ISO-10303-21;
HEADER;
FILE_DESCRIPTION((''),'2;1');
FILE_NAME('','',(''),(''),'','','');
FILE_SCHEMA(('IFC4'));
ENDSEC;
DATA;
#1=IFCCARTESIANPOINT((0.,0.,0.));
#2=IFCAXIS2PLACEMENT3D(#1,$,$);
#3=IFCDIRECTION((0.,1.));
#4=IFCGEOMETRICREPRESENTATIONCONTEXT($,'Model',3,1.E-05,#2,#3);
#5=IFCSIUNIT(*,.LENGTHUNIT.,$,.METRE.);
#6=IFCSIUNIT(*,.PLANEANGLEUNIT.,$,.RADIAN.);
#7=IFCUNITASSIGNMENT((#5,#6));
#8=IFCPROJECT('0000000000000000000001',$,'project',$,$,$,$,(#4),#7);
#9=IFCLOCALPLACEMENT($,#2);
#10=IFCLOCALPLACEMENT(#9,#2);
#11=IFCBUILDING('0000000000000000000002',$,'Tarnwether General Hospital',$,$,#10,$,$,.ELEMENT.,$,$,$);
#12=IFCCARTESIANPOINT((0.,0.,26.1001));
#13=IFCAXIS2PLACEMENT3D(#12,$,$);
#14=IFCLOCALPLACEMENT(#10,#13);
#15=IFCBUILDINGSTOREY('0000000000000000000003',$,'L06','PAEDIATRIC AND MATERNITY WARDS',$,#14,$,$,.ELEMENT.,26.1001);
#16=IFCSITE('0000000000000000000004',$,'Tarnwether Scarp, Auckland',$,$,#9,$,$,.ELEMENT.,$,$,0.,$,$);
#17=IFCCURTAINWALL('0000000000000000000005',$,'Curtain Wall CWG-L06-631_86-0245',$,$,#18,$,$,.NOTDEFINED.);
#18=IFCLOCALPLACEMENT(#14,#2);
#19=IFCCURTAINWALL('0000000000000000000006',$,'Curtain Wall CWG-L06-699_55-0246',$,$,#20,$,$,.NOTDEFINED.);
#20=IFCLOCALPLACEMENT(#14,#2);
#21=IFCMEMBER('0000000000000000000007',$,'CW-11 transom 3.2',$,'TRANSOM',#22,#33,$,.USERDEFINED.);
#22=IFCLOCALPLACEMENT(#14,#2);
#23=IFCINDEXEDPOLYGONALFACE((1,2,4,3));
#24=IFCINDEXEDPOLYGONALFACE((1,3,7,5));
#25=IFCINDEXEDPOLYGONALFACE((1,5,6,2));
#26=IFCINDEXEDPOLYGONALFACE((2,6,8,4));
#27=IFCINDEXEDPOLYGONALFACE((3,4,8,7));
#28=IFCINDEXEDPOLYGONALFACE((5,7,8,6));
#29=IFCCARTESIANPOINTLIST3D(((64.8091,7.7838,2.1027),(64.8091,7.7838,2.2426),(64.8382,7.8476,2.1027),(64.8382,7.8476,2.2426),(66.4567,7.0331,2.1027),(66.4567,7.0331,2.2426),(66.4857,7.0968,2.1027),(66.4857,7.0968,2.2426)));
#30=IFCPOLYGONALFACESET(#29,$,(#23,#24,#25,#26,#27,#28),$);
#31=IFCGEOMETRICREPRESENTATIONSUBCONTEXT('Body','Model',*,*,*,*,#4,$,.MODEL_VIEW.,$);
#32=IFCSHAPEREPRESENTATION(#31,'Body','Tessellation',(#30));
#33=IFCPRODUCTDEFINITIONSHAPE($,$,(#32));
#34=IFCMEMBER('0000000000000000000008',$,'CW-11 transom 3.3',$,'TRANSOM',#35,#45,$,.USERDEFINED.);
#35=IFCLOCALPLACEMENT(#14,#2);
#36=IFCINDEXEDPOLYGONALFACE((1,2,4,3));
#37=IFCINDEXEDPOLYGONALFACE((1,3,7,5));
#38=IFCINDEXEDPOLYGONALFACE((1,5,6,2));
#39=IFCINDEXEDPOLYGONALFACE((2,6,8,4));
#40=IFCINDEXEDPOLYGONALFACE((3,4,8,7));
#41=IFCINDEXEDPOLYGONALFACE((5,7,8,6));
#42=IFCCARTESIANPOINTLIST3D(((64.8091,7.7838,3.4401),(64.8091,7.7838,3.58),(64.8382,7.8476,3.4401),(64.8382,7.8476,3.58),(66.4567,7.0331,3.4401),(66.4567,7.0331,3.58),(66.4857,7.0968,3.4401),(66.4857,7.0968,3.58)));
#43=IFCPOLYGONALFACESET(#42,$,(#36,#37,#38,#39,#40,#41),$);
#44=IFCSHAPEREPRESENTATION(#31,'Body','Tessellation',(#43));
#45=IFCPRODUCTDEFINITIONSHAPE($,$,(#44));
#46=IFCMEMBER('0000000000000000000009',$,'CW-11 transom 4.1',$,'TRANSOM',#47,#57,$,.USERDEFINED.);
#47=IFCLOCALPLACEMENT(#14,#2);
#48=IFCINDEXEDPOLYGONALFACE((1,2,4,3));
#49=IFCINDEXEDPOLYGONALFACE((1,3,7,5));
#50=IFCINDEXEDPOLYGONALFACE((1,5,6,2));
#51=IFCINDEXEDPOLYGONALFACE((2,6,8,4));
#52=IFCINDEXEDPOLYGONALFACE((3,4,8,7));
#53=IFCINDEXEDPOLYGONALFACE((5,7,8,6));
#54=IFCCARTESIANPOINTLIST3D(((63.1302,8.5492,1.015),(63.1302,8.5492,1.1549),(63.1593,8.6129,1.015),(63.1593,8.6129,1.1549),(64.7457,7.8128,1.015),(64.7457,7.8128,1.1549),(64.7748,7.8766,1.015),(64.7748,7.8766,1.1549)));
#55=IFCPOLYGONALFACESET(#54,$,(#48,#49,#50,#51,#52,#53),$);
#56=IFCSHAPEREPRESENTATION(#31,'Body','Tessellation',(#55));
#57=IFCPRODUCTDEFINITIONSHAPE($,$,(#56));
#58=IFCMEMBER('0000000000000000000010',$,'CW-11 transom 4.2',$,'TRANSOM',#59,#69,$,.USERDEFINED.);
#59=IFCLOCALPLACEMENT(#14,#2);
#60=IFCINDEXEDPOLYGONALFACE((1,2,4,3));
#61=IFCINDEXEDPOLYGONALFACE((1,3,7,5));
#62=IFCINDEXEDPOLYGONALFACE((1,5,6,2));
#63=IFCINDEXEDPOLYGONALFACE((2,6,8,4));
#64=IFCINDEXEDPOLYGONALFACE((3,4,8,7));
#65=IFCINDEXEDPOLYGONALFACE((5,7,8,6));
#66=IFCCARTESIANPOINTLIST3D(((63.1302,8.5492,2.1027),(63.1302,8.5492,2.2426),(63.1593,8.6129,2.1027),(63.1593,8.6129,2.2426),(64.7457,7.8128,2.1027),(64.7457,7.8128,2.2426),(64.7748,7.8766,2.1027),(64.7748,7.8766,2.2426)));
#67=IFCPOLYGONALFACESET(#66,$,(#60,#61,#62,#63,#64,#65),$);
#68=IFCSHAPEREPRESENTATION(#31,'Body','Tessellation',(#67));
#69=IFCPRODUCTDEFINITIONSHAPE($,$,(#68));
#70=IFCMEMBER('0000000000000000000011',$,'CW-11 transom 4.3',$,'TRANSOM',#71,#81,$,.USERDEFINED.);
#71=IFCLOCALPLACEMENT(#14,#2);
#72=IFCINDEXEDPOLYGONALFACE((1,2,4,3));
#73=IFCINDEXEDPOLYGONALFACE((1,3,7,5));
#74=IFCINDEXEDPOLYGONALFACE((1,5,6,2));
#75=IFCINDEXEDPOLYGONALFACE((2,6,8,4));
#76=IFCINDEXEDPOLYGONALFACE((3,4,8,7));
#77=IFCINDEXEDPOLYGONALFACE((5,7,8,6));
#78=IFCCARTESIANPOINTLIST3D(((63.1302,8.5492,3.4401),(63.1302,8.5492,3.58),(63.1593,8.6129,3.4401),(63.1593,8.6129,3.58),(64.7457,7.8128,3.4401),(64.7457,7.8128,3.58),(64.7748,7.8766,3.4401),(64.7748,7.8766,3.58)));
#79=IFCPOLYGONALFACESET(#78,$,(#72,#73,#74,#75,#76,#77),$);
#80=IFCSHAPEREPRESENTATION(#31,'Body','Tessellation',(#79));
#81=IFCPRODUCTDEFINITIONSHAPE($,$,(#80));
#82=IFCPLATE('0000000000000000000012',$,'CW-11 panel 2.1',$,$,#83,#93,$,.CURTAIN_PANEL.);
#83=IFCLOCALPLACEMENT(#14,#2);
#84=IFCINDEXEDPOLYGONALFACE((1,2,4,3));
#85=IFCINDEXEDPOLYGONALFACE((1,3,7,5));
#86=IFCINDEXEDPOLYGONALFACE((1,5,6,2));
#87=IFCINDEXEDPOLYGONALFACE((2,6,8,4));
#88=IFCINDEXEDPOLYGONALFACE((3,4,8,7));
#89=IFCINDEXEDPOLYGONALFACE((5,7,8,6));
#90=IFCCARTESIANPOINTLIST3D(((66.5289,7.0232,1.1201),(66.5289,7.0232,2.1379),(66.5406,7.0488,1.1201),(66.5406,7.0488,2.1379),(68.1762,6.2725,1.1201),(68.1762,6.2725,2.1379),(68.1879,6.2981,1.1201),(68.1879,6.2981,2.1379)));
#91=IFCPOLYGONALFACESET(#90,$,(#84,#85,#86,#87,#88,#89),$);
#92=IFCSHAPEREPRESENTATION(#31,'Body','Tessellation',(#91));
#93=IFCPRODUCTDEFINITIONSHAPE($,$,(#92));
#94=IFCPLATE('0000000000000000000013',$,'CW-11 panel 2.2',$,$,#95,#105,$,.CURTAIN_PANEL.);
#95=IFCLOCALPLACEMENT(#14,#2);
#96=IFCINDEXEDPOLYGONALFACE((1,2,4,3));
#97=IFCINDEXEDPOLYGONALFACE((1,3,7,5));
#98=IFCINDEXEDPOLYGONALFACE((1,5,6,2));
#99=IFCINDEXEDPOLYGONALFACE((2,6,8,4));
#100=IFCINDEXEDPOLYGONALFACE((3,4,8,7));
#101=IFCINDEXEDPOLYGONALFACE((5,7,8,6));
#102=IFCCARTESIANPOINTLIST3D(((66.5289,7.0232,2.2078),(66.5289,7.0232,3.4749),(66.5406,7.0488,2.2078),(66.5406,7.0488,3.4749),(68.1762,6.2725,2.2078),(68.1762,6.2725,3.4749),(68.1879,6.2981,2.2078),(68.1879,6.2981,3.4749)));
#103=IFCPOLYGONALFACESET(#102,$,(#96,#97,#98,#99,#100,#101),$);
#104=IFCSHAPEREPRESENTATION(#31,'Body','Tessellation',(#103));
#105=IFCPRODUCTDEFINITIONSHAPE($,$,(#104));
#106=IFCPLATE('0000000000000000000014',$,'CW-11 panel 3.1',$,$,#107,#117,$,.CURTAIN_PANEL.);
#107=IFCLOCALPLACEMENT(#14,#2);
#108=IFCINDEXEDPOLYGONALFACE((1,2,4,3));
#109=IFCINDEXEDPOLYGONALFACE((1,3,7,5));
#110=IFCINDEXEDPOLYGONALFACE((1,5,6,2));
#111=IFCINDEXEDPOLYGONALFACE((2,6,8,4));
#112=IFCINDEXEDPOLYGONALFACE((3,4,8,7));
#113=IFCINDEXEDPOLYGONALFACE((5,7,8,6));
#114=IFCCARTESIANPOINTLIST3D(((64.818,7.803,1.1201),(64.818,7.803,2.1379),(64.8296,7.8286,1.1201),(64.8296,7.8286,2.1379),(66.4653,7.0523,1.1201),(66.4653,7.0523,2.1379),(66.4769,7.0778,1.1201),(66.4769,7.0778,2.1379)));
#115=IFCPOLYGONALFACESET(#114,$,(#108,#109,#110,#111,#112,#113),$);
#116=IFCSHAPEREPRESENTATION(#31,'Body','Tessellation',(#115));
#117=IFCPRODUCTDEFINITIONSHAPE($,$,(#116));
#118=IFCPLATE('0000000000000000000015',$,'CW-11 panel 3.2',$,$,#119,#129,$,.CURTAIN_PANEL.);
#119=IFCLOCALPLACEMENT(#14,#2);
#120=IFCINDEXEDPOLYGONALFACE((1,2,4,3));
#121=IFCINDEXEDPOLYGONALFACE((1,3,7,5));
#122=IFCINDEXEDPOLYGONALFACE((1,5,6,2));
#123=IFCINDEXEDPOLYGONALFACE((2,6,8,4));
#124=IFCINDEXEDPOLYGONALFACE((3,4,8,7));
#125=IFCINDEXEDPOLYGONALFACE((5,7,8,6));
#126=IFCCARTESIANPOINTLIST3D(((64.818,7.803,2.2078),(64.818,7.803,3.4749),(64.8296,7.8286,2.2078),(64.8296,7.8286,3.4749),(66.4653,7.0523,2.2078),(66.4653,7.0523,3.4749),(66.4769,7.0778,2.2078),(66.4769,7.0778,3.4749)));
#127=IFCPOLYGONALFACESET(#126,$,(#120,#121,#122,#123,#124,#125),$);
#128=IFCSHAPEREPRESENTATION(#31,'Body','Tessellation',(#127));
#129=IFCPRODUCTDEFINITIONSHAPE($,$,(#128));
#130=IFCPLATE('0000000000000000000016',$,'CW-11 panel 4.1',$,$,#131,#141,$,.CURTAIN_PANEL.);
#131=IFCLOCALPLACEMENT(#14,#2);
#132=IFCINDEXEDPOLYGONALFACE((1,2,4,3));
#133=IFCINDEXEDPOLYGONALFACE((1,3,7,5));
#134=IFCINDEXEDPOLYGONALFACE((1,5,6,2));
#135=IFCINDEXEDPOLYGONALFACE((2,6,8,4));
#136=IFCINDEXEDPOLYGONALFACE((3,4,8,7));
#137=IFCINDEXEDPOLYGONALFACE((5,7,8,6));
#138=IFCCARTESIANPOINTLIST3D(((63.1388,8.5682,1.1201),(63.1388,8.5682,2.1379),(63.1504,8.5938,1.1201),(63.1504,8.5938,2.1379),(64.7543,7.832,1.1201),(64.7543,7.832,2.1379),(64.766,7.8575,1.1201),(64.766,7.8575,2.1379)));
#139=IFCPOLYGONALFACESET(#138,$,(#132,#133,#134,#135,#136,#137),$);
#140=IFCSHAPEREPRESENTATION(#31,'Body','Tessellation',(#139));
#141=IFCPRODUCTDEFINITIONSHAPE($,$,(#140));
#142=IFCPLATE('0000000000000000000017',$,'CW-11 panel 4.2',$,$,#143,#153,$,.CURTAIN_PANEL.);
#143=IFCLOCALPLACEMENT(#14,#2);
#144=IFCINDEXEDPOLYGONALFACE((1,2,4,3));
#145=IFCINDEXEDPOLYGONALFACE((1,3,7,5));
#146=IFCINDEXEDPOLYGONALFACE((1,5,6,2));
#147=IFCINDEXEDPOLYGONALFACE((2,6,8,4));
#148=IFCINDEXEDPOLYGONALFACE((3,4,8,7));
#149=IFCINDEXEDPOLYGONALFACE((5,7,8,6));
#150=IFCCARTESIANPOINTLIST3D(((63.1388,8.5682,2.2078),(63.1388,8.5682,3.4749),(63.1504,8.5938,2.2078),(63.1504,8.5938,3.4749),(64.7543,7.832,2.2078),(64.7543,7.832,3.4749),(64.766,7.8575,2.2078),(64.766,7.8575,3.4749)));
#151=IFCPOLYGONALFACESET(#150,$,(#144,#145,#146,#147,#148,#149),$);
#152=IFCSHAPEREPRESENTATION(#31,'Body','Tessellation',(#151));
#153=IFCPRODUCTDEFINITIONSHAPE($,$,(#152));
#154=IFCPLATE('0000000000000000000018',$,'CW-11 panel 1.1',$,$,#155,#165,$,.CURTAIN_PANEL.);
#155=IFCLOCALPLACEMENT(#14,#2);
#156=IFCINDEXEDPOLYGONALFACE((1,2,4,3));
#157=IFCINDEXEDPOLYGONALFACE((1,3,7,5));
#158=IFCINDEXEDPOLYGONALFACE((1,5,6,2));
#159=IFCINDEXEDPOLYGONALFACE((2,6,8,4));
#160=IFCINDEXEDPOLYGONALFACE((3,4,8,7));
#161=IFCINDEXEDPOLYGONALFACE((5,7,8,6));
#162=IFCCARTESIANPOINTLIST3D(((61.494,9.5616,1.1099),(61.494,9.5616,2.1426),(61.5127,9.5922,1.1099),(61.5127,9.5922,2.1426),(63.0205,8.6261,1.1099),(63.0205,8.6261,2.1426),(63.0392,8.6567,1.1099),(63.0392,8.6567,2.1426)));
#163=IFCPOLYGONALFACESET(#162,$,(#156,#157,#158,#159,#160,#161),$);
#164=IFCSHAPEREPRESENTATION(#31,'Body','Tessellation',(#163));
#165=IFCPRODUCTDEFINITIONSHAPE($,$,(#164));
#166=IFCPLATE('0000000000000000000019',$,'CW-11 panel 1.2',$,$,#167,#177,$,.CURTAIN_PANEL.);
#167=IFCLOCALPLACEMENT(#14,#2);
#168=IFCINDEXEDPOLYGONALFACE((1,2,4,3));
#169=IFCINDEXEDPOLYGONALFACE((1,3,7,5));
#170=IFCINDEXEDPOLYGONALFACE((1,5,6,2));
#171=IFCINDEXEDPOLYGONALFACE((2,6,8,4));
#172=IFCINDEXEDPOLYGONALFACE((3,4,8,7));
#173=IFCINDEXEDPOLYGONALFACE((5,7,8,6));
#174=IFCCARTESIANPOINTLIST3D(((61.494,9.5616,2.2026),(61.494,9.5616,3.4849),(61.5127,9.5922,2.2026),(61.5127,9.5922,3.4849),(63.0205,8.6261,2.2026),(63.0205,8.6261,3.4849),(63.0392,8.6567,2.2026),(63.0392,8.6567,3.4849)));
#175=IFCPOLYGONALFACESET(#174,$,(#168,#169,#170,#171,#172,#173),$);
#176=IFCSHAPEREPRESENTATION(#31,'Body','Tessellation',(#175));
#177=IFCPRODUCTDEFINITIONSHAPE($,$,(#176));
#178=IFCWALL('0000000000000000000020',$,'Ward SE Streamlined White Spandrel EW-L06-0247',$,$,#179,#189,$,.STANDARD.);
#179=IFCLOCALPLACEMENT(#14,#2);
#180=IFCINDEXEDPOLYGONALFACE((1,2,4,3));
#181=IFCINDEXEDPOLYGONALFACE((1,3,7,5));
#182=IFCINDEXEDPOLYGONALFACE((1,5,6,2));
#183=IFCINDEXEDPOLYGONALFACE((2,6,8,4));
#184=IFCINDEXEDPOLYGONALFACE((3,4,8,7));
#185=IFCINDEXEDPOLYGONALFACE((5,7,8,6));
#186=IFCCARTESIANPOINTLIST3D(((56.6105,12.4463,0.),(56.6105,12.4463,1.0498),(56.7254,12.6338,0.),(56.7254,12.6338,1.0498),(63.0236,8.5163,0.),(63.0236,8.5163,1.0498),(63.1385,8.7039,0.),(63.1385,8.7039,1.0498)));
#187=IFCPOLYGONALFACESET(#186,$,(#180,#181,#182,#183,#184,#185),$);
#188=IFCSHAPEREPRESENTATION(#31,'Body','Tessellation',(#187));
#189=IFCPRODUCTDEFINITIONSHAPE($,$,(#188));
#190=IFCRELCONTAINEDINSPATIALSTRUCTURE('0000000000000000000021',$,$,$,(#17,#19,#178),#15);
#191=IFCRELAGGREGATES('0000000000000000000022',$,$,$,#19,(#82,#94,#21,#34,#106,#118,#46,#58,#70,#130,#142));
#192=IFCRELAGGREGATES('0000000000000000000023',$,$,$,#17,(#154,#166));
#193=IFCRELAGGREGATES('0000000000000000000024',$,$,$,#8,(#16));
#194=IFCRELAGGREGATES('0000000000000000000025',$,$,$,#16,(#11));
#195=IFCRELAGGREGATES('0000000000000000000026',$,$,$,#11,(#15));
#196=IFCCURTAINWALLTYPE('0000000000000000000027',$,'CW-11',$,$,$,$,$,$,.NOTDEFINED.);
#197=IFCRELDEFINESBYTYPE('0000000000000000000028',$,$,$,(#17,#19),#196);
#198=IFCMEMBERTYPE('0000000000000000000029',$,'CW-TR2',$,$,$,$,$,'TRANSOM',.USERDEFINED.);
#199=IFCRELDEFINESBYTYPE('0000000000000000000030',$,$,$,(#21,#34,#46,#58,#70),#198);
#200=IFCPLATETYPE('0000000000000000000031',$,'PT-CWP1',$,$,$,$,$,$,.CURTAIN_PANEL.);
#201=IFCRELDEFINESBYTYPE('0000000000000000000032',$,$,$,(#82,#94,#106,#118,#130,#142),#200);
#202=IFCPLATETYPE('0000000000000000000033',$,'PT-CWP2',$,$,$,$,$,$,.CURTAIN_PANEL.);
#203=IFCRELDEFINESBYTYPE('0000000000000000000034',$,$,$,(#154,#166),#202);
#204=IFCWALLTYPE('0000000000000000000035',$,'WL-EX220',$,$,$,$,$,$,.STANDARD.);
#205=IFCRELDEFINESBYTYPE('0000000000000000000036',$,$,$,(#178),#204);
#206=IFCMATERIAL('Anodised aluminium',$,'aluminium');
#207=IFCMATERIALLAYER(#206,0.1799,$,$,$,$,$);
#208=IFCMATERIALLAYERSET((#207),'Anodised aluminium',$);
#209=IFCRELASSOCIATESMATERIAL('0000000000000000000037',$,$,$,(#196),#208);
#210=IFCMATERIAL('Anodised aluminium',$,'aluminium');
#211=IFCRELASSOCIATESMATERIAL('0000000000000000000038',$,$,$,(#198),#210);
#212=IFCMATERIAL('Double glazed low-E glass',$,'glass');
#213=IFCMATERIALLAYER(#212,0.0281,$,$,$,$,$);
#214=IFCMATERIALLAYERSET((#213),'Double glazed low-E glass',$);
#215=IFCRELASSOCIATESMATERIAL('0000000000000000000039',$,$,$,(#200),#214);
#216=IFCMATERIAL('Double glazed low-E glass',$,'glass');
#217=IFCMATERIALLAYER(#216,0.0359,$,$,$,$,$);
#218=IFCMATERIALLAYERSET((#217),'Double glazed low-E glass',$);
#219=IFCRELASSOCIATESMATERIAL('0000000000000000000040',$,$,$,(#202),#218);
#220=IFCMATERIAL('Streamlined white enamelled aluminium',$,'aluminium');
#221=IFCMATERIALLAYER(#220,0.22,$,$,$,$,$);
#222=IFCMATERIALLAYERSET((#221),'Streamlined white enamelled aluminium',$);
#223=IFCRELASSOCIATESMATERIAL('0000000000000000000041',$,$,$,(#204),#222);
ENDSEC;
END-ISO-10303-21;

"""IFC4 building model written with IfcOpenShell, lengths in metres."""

from ifc_helpers import new_model, si_unit, direction, frame, frame_2d, origin, origin_2d, place, context, subcontext, project, spatial, rectangle, extrude, material, layer, layer_set, material_profile, profile_set, type_object, element, aggregate, save


model = new_model("IFC4")

# Units and contexts
model_context = context("Model", 3, precision=1e-05, world=origin(), true_north=direction((0.0, 1.0)))
body_context = subcontext(model_context, "Body", "Model", "MODEL_VIEW")
ifc_project = project(units=[si_unit("LENGTHUNIT", "METRE"), si_unit("PLANEANGLEUNIT", "RADIAN")], contexts=[model_context])

# Site, building, storey
site_placement = place(None, origin())
site = spatial("IfcSite", under=ifc_project, at=site_placement, Name="Tarnwether Scarp, Auckland", CompositionType="ELEMENT", RefElevation=0.0)
building_placement = place(site_placement, origin())
building = spatial("IfcBuilding", under=site, at=building_placement, Name="Tarnwether General Hospital", CompositionType="ELEMENT")
storey_placement = place(building_placement, frame((0.0, 0.0, 26.1001)))
storey = spatial("IfcBuildingStorey", under=building, at=storey_placement, Name="L06", Description="PAEDIATRIC AND MATERNITY WARDS", CompositionType="ELEMENT", Elevation=26.1001)

# Curtain walls
ifc_material_1 = material(Name="Anodised aluminium", Category="aluminium")
ifc_layer_1 = layer(ifc_material_1, 0.1799)
ifc_layer_set_1 = layer_set([ifc_layer_1], Name="Anodised aluminium")
curtain_wall_type = type_object("IfcCurtainWallType", Name="CW-11", PredefinedType="NOTDEFINED", material=ifc_layer_set_1)
curtain_wall_1_placement = place(storey_placement, origin())
curtain_wall_1 = element("IfcCurtainWall", 1, at=curtain_wall_1_placement, inside=storey, type_object=curtain_wall_type, Name="Curtain Wall CWG-L06-631_86-0245", PredefinedType="NOTDEFINED")
curtain_wall_2_placement = place(storey_placement, origin())
curtain_wall_2 = element("IfcCurtainWall", 2, at=curtain_wall_2_placement, inside=storey, type_object=curtain_wall_type, Name="Curtain Wall CWG-L06-699_55-0246", PredefinedType="NOTDEFINED")

# Members
ifc_material_2 = material(Name="Anodised aluminium", Category="aluminium")
ifc_material_profile_1 = material_profile(ifc_material_2, rectangle(XDim=0.0701, YDim=0.1399, at=origin_2d()), Name="ALU-TRN-70x140")
ifc_profile_set_1 = profile_set([ifc_material_profile_1], Name="Anodised aluminium")
member_type_1 = type_object("IfcMemberType", Name="CW-TR2", ElementType="TRANSOM", PredefinedType="USERDEFINED", material=ifc_profile_set_1)
member_1_placement = place(storey_placement, frame((66.4712, 7.0649, 2.1726), z_axis=(-0.909974, 0.414666, 0.0), x_axis=(-0.414666, -0.909974, 0.0)))
member_1 = element("IfcMember", 3, at=member_1_placement, type_object=member_type_1, Name="CW-11 transom 3.2", ObjectType="TRANSOM", PredefinedType="USERDEFINED", context=body_context, shape_type="SweptSolid", body=[
    extrude(rectangle(XDim=0.0701, YDim=0.1399, at=origin_2d()), origin(), (0.0, 0.0, 1.0), 1.8105),
])
member_2_placement = place(storey_placement, frame((66.4712, 7.0649, 3.51), z_axis=(-0.909974, 0.414666, 0.0), x_axis=(-0.414666, -0.909974, 0.0)))
member_2 = element("IfcMember", 4, at=member_2_placement, type_object=member_type_1, Name="CW-11 transom 3.3", ObjectType="TRANSOM", PredefinedType="USERDEFINED", context=body_context, shape_type="SweptSolid", body=[
    extrude(rectangle(XDim=0.0701, YDim=0.1399, at=origin_2d()), origin(), (0.0, 0.0, 1.0), 1.8105),
])
member_3_placement = place(storey_placement, frame((64.7603, 7.8447, 1.085), z_axis=(-0.909937, 0.414746, 0.0), x_axis=(-0.414746, -0.909937, 0.0)))
member_3 = element("IfcMember", 5, at=member_3_placement, type_object=member_type_1, Name="CW-11 transom 4.1", ObjectType="TRANSOM", PredefinedType="USERDEFINED", context=body_context, shape_type="SweptSolid", body=[
    extrude(rectangle(XDim=0.0701, YDim=0.1399, at=origin_2d()), origin(), (0.0, 0.0, 1.0), 1.7754),
])
member_4_placement = place(storey_placement, frame((64.7603, 7.8447, 2.1726), z_axis=(-0.909937, 0.414746, 0.0), x_axis=(-0.414746, -0.909937, 0.0)))
member_4 = element("IfcMember", 6, at=member_4_placement, type_object=member_type_1, Name="CW-11 transom 4.2", ObjectType="TRANSOM", PredefinedType="USERDEFINED", context=body_context, shape_type="SweptSolid", body=[
    extrude(rectangle(XDim=0.0701, YDim=0.1399, at=origin_2d()), origin(), (0.0, 0.0, 1.0), 1.7754),
])
member_5_placement = place(storey_placement, frame((64.7603, 7.8447, 3.51), z_axis=(-0.909937, 0.414746, 0.0), x_axis=(-0.414746, -0.909937, 0.0)))
member_5 = element("IfcMember", 7, at=member_5_placement, type_object=member_type_1, Name="CW-11 transom 4.3", ObjectType="TRANSOM", PredefinedType="USERDEFINED", context=body_context, shape_type="SweptSolid", body=[
    extrude(rectangle(XDim=0.0701, YDim=0.1399, at=origin_2d()), origin(), (0.0, 0.0, 1.0), 1.7754),
])

# Plates
ifc_material_3 = material(Name="Double glazed low-E glass", Category="glass")
ifc_layer_2 = layer(ifc_material_3, 0.0281)
ifc_layer_set_2 = layer_set([ifc_layer_2], Name="Double glazed low-E glass")
plate_type_1 = type_object("IfcPlateType", Name="PT-CWP1", PredefinedType="CURTAIN_PANEL", material=ifc_layer_set_2)
plate_1_placement = place(storey_placement, frame((67.3584, 6.6606, 1.1201), z_axis=(0.0, 0.0, 1.0), x_axis=(-0.909961, 0.414694, 0.0)))
plate_1 = element("IfcPlate", 8, at=plate_1_placement, type_object=plate_type_1, Name="CW-11 panel 2.1", PredefinedType="CURTAIN_PANEL", context=body_context, shape_type="SweptSolid", body=[
    extrude(rectangle(XDim=1.8103, YDim=0.0281, at=origin_2d()), origin(), (0.0, 0.0, 1.0), 1.0178),
])
plate_2_placement = place(storey_placement, frame((67.3584, 6.6606, 2.2078), z_axis=(0.0, 0.0, 1.0), x_axis=(-0.909961, 0.414694, 0.0)))
plate_2 = element("IfcPlate", 9, at=plate_2_placement, type_object=plate_type_1, Name="CW-11 panel 2.2", PredefinedType="CURTAIN_PANEL", context=body_context, shape_type="SweptSolid", body=[
    extrude(rectangle(XDim=1.8103, YDim=0.0281, at=origin_2d()), origin(), (0.0, 0.0, 1.0), 1.2671),
])
plate_3_placement = place(storey_placement, frame((65.6475, 7.4404, 1.1201), z_axis=(0.0, 0.0, 1.0), x_axis=(-0.909961, 0.414694, 0.0)))
plate_3 = element("IfcPlate", 10, at=plate_3_placement, type_object=plate_type_1, Name="CW-11 panel 3.1", PredefinedType="CURTAIN_PANEL", context=body_context, shape_type="SweptSolid", body=[
    extrude(rectangle(XDim=1.8103, YDim=0.0281, at=origin_2d()), origin(), (0.0, 0.0, 1.0), 1.0178),
])
plate_4_placement = place(storey_placement, frame((65.6475, 7.4404, 2.2078), z_axis=(0.0, 0.0, 1.0), x_axis=(-0.909961, 0.414694, 0.0)))
plate_4 = element("IfcPlate", 11, at=plate_4_placement, type_object=plate_type_1, Name="CW-11 panel 3.2", PredefinedType="CURTAIN_PANEL", context=body_context, shape_type="SweptSolid", body=[
    extrude(rectangle(XDim=1.8103, YDim=0.0281, at=origin_2d()), origin(), (0.0, 0.0, 1.0), 1.2671),
])
plate_5_placement = place(storey_placement, frame((63.9524, 8.2129, 1.1201), z_axis=(0.0, 0.0, 1.0), x_axis=(-0.909961, 0.414694, 0.0)))
plate_5 = element("IfcPlate", 12, at=plate_5_placement, type_object=plate_type_1, Name="CW-11 panel 4.1", PredefinedType="CURTAIN_PANEL", context=body_context, shape_type="SweptSolid", body=[
    extrude(rectangle(XDim=1.7754, YDim=0.0281, at=origin_2d()), origin(), (0.0, 0.0, 1.0), 1.0178),
])
plate_6_placement = place(storey_placement, frame((63.9524, 8.2129, 2.2078), z_axis=(0.0, 0.0, 1.0), x_axis=(-0.909961, 0.414694, 0.0)))
plate_6 = element("IfcPlate", 13, at=plate_6_placement, type_object=plate_type_1, Name="CW-11 panel 4.2", PredefinedType="CURTAIN_PANEL", context=body_context, shape_type="SweptSolid", body=[
    extrude(rectangle(XDim=1.7754, YDim=0.0281, at=origin_2d()), origin(), (0.0, 0.0, 1.0), 1.2671),
])
aggregate(curtain_wall_2, [plate_1, plate_2, member_1, member_2, plate_3, plate_4, member_3, member_4, member_5, plate_5, plate_6])
ifc_material_4 = material(Name="Double glazed low-E glass", Category="glass")
ifc_layer_3 = layer(ifc_material_4, 0.0359)
ifc_layer_set_3 = layer_set([ifc_layer_3], Name="Double glazed low-E glass")
plate_type_2 = type_object("IfcPlateType", Name="PT-CWP2", PredefinedType="CURTAIN_PANEL", material=ifc_layer_set_3)
plate_7_placement = place(storey_placement, frame((62.2666, 9.1091, 1.1099), z_axis=(0.0, 0.0, 1.0), x_axis=(-0.852634, 0.522509, 0.0)))
plate_7 = element("IfcPlate", 14, at=plate_7_placement, type_object=plate_type_2, Name="CW-11 panel 1.1", PredefinedType="CURTAIN_PANEL", context=body_context, shape_type="SweptSolid", body=[
    extrude(rectangle(XDim=1.7903, YDim=0.0359, at=origin_2d()), origin(), (0.0, 0.0, 1.0), 1.0327),
])
plate_8_placement = place(storey_placement, frame((62.2666, 9.1091, 2.2026), z_axis=(0.0, 0.0, 1.0), x_axis=(-0.852634, 0.522509, 0.0)))
plate_8 = element("IfcPlate", 15, at=plate_8_placement, type_object=plate_type_2, Name="CW-11 panel 1.2", PredefinedType="CURTAIN_PANEL", context=body_context, shape_type="SweptSolid", body=[
    extrude(rectangle(XDim=1.7903, YDim=0.0359, at=origin_2d()), origin(), (0.0, 0.0, 1.0), 1.2822),
])
aggregate(curtain_wall_1, [plate_7, plate_8])

# Wall
ifc_material_5 = material(Name="Streamlined white enamelled aluminium", Category="aluminium")
ifc_layer_4 = layer(ifc_material_5, 0.22)
ifc_layer_set_4 = layer_set([ifc_layer_4], Name="Streamlined white enamelled aluminium")
wall_type = type_object("IfcWallType", Name="WL-EX220", PredefinedType="STANDARD", material=ifc_layer_set_4)
wall_placement = place(storey_placement, frame((63.0811, 8.6101, 0.0), z_axis=(0.0, 0.0, 1.0), x_axis=(-0.852641, 0.522497, 0.0)))
element("IfcWall", 16, at=wall_placement, inside=storey, type_object=wall_type, Name="Ward SE Streamlined White Spandrel EW-L06-0247", PredefinedType="STANDARD", context=body_context, shape_type="SweptSolid", body=[
    extrude(rectangle(XDim=7.5215, YDim=0.22, at=frame_2d((3.7607, 0.0))), origin(), (0.0, 0.0, 1.0), 1.0498),
])

save(model, "model.ifc")
